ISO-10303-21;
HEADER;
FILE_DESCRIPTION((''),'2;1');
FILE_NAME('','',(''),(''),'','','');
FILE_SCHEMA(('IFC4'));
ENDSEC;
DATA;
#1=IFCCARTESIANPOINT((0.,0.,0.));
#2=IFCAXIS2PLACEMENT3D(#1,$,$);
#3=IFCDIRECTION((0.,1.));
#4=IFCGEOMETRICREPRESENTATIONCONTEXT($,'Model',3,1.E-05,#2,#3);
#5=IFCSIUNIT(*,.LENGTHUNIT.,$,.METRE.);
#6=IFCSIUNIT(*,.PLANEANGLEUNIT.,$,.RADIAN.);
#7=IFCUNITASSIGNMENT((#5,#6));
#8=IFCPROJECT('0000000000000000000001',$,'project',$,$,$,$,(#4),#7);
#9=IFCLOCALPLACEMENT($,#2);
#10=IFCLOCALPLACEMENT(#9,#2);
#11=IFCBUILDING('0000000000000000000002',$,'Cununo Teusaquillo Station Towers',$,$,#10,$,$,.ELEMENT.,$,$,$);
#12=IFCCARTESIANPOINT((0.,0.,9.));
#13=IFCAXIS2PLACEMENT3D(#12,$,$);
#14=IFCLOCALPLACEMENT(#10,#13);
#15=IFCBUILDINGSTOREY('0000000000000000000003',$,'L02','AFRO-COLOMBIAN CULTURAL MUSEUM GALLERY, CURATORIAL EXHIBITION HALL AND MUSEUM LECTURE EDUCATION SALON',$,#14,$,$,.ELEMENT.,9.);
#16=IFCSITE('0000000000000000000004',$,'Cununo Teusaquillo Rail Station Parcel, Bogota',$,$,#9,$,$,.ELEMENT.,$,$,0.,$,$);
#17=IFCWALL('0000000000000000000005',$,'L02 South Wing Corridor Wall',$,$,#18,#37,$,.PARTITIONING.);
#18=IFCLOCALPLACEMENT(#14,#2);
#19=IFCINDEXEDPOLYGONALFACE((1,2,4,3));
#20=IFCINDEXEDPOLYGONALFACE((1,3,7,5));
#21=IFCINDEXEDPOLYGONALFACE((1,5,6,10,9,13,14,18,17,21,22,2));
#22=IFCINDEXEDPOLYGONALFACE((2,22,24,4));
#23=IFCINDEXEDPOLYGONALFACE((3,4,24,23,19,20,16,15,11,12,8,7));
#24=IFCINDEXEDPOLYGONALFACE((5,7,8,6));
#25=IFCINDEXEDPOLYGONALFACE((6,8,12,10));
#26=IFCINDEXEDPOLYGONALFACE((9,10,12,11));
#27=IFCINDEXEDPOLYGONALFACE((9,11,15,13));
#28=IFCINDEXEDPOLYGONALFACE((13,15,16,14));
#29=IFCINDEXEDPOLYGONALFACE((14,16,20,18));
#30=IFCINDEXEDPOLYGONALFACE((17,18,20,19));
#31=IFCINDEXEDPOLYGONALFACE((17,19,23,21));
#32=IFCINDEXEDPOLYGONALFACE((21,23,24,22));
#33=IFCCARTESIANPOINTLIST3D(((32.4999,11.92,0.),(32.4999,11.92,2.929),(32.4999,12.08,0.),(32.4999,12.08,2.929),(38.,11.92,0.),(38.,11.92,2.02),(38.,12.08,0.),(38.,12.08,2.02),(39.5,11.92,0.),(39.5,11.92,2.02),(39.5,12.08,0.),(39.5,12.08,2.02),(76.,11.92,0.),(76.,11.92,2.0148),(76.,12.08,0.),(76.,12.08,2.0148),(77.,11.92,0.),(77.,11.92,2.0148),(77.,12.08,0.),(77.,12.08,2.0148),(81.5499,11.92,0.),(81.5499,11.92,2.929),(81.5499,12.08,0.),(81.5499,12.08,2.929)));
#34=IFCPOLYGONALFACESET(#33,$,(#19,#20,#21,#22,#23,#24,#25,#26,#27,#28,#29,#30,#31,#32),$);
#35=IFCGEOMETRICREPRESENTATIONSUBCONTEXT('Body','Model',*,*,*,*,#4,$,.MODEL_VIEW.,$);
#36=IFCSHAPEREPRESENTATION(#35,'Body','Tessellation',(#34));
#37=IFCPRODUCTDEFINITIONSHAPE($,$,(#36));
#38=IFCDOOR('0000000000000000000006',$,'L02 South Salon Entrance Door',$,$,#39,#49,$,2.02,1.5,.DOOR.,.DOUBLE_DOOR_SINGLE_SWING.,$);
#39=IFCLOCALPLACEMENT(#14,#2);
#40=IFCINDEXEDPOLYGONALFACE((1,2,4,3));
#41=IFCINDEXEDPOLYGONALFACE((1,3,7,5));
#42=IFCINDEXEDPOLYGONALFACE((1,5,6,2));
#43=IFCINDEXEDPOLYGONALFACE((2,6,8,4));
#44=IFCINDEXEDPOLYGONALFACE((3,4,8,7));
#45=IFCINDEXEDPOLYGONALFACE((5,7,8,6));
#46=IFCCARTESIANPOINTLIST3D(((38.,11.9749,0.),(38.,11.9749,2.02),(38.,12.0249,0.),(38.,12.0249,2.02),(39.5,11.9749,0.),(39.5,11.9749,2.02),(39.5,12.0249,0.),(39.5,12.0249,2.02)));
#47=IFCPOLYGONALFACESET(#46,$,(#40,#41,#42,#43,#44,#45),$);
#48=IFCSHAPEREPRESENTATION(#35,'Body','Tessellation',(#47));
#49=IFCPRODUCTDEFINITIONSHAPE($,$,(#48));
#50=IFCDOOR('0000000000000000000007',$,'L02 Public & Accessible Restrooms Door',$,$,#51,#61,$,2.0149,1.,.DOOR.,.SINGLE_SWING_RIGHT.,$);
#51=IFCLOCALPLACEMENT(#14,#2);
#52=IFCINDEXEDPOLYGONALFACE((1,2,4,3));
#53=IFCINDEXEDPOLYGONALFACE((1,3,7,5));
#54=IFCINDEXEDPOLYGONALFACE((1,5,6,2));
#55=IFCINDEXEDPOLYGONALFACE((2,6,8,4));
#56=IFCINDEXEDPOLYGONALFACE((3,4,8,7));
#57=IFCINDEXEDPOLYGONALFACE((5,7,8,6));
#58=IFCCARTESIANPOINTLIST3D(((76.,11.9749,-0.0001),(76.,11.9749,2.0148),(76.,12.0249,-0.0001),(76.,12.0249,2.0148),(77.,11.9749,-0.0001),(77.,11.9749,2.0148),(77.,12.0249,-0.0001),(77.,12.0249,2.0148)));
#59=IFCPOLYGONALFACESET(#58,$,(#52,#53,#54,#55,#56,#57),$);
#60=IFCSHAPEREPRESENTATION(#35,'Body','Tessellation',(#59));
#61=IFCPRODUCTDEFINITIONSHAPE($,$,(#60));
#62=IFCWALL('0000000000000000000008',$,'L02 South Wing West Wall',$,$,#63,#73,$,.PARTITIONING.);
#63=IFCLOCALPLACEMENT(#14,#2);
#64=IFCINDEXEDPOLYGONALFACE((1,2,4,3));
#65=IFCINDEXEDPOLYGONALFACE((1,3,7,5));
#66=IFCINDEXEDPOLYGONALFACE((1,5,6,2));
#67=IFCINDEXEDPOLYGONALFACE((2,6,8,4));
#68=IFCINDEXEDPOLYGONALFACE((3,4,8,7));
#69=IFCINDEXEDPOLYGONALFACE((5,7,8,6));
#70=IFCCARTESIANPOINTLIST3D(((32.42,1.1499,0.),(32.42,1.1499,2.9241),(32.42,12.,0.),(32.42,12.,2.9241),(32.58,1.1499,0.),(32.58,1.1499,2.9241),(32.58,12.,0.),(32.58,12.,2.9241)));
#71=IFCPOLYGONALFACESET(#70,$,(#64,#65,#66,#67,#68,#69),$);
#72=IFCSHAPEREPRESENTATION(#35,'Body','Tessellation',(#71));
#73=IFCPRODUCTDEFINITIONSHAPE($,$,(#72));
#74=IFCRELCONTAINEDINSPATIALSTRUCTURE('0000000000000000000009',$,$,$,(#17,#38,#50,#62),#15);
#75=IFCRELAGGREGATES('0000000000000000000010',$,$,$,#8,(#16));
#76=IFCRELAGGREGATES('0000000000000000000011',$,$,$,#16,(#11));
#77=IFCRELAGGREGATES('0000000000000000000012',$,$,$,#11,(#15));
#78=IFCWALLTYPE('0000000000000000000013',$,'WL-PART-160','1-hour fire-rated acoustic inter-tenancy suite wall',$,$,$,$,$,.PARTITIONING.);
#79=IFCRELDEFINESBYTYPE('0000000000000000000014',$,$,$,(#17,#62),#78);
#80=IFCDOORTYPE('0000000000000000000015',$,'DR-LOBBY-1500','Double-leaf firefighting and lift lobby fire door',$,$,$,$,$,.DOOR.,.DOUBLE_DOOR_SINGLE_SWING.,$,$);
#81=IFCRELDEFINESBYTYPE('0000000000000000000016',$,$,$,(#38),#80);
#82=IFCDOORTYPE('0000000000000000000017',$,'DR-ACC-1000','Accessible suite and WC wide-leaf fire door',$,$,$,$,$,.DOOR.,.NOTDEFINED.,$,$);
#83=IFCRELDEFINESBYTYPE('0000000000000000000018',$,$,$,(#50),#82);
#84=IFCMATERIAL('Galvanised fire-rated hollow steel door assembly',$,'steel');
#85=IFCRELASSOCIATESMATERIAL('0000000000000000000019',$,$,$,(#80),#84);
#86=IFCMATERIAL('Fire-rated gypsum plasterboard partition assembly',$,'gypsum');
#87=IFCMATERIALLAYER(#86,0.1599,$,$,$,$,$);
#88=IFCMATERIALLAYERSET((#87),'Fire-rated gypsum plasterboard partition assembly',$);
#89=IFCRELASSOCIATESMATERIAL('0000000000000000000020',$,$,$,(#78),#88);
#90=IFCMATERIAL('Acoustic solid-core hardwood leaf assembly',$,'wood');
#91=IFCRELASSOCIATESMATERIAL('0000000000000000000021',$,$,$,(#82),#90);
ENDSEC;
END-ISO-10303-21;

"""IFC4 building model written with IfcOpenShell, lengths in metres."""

from ifc_helpers import new_model, si_unit, direction, frame, frame_2d, origin, place, context, subcontext, project, spatial, rectangle, extrude, source, transform, mapped, material, layer, layer_set, type_object, element, fill, save


model = new_model("IFC4")

# Units and contexts
model_context = context("Model", 3, precision=1e-05, world=origin(), true_north=direction((0.0, 1.0)))
body_context = subcontext(model_context, "Body", "Model", "MODEL_VIEW")
ifc_project = project(units=[si_unit("LENGTHUNIT", "METRE"), si_unit("PLANEANGLEUNIT", "RADIAN")], contexts=[model_context])

# Site, building, storey
site_placement = place(None, origin())
site = spatial("IfcSite", under=ifc_project, at=site_placement, Name="Cununo Teusaquillo Rail Station Parcel, Bogota", CompositionType="ELEMENT", RefElevation=0.0)
building_placement = place(site_placement, origin())
building = spatial("IfcBuilding", under=site, at=building_placement, Name="Cununo Teusaquillo Station Towers", CompositionType="ELEMENT")
storey_placement = place(building_placement, frame((0.0, 0.0, 9.0)))
storey = spatial("IfcBuildingStorey", under=building, at=storey_placement, Name="L02", Description="AFRO-COLOMBIAN CULTURAL MUSEUM GALLERY, CURATORIAL EXHIBITION HALL AND MUSEUM LECTURE EDUCATION SALON", CompositionType="ELEMENT", Elevation=9.0)

# Shared definitions
ifc_material_1 = material(Name="Galvanised fire-rated hollow steel door assembly", Category="steel")
door_type_1 = type_object("IfcDoorType", Name="DR-LOBBY-1500", Description="Double-leaf firefighting and lift lobby fire door", OperationType="DOUBLE_DOOR_SINGLE_SWING", PredefinedType="DOOR", material=ifc_material_1)
shared_shape_1 = source(origin(), body_context, "Body", "SweptSolid", [
    extrude(rectangle(XDim=1.5, YDim=2.02, at=frame_2d((0.75, 1.01))), frame((0.0, 0.0249, 0.0), z_axis=(0.0, -1.0, 0.0), x_axis=(1.0, 0.0, 0.0)), (0.0, 0.0, 1.0), 0.05),
])
ifc_material_2 = material(Name="Fire-rated gypsum plasterboard partition assembly", Category="gypsum")
ifc_layer_1 = layer(ifc_material_2, 0.1599)
ifc_layer_set_1 = layer_set([ifc_layer_1], Name="Fire-rated gypsum plasterboard partition assembly")
wall_type_1 = type_object("IfcWallType", Name="WL-PART-160", Description="1-hour fire-rated acoustic inter-tenancy suite wall", PredefinedType="PARTITIONING", material=ifc_layer_set_1)
shared_shape_2 = source(origin(), body_context, "Body", "SweptSolid", [
    extrude(rectangle(XDim=1.5, YDim=2.02, at=frame_2d((0.75, 1.01))), frame((0.0, 0.0898, 0.0), z_axis=(0.0, -1.0, 0.0), x_axis=(1.0, 0.0, 0.0)), (0.0, 0.0, 1.0), 0.1799),
])

# Wall, openings, doors
wall_1_placement = place(storey_placement, frame((32.5, 12.0, 0.0), z_axis=(0.0, 0.0, 1.0), x_axis=(1.0, 0.0, 0.0)))
wall_1 = element("IfcWall", 1, at=wall_1_placement, inside=storey, type_object=wall_type_1, Name="L02 South Wing Corridor Wall", PredefinedType="PARTITIONING", context=body_context, shape_type="SweptSolid", body=[
    extrude(rectangle(XDim=49.05, YDim=0.1599, at=frame_2d((24.5249, 0.0))), origin(), (0.0, 0.0, 1.0), 2.929),
])
opening_1_placement = place(wall_1_placement, frame((5.5, 0.0, 0.0)))
opening_1 = element("IfcOpeningElement", 2, at=opening_1_placement, cuts=wall_1, PredefinedType="OPENING", context=body_context, shape_type="MappedRepresentation", body=[
    mapped(shared_shape_2, transform((0.0, 0.0, 0.0), x_axis=(1.0, 0.0, 0.0), y_axis=(0.0, 1.0, 0.0), z_axis=(0.0, 0.0, 1.0), scale=1.0)),
])
shared_shape_3 = source(origin(), body_context, "Body", "SweptSolid", [
    extrude(rectangle(XDim=1.0, YDim=2.0149, at=frame_2d((0.5, 1.0073))), frame((0.0, 0.0898, 0.0), z_axis=(0.0, -1.0, 0.0), x_axis=(1.0, 0.0, 0.0)), (0.0, 0.0, 1.0), 0.1799),
])
opening_2_placement = place(wall_1_placement, frame((43.5, 0.0, 0.0)))
opening_2 = element("IfcOpeningElement", 3, at=opening_2_placement, cuts=wall_1, PredefinedType="OPENING", context=body_context, shape_type="MappedRepresentation", body=[
    mapped(shared_shape_3, transform((0.0, 0.0, 0.0), x_axis=(1.0, 0.0, 0.0), y_axis=(0.0, 1.0, 0.0), z_axis=(0.0, 0.0, 1.0), scale=1.0)),
])
door_1_placement = place(opening_1_placement, origin())
door_1 = element("IfcDoor", 4, at=door_1_placement, inside=storey, type_object=door_type_1, Name="L02 South Salon Entrance Door", OperationType="DOUBLE_DOOR_SINGLE_SWING", OverallHeight=2.02, OverallWidth=1.5, PredefinedType="DOOR", context=body_context, shape_type="MappedRepresentation", body=[
    mapped(shared_shape_1, transform((0.0, 0.0, 0.0), x_axis=(1.0, 0.0, 0.0), y_axis=(0.0, 1.0, 0.0), z_axis=(0.0, 0.0, 1.0), scale=1.0)),
])
fill(opening_1, door_1)
ifc_material_3 = material(Name="Acoustic solid-core hardwood leaf assembly", Category="wood")
door_type_2 = type_object("IfcDoorType", Name="DR-ACC-1000", Description="Accessible suite and WC wide-leaf fire door", OperationType="NOTDEFINED", PredefinedType="DOOR", material=ifc_material_3)
shared_shape_4 = source(origin(), body_context, "Body", "SweptSolid", [
    extrude(rectangle(XDim=1.0, YDim=2.0149, at=frame_2d((0.5, 1.0073))), frame((0.0, 0.0249, 0.0), z_axis=(0.0, -1.0, 0.0), x_axis=(1.0, 0.0, 0.0)), (0.0, 0.0, 1.0), 0.05),
])
door_2_placement = place(opening_2_placement, origin())
door_2 = element("IfcDoor", 5, at=door_2_placement, inside=storey, type_object=door_type_2, Name="L02 Public & Accessible Restrooms Door", OperationType="SINGLE_SWING_RIGHT", OverallHeight=2.0149, OverallWidth=1.0, PredefinedType="DOOR", context=body_context, shape_type="MappedRepresentation", body=[
    mapped(shared_shape_4, transform((0.0, 0.0, 0.0), x_axis=(1.0, 0.0, 0.0), y_axis=(0.0, 1.0, 0.0), z_axis=(0.0, 0.0, 1.0), scale=1.0)),
])
fill(opening_2, door_2)

# Wall
wall_2_placement = place(storey_placement, frame((32.5, 1.1499, 0.0), z_axis=(0.0, 0.0, 1.0), x_axis=(0.0, 1.0, 0.0)))
element("IfcWall", 6, at=wall_2_placement, inside=storey, type_object=wall_type_1, Name="L02 South Wing West Wall", PredefinedType="PARTITIONING", context=body_context, shape_type="SweptSolid", body=[
    extrude(rectangle(XDim=10.8501, YDim=0.1599, at=frame_2d((5.425, 0.0))), origin(), (0.0, 0.0, 1.0), 2.9241),
])

save(model, "model.ifc")
